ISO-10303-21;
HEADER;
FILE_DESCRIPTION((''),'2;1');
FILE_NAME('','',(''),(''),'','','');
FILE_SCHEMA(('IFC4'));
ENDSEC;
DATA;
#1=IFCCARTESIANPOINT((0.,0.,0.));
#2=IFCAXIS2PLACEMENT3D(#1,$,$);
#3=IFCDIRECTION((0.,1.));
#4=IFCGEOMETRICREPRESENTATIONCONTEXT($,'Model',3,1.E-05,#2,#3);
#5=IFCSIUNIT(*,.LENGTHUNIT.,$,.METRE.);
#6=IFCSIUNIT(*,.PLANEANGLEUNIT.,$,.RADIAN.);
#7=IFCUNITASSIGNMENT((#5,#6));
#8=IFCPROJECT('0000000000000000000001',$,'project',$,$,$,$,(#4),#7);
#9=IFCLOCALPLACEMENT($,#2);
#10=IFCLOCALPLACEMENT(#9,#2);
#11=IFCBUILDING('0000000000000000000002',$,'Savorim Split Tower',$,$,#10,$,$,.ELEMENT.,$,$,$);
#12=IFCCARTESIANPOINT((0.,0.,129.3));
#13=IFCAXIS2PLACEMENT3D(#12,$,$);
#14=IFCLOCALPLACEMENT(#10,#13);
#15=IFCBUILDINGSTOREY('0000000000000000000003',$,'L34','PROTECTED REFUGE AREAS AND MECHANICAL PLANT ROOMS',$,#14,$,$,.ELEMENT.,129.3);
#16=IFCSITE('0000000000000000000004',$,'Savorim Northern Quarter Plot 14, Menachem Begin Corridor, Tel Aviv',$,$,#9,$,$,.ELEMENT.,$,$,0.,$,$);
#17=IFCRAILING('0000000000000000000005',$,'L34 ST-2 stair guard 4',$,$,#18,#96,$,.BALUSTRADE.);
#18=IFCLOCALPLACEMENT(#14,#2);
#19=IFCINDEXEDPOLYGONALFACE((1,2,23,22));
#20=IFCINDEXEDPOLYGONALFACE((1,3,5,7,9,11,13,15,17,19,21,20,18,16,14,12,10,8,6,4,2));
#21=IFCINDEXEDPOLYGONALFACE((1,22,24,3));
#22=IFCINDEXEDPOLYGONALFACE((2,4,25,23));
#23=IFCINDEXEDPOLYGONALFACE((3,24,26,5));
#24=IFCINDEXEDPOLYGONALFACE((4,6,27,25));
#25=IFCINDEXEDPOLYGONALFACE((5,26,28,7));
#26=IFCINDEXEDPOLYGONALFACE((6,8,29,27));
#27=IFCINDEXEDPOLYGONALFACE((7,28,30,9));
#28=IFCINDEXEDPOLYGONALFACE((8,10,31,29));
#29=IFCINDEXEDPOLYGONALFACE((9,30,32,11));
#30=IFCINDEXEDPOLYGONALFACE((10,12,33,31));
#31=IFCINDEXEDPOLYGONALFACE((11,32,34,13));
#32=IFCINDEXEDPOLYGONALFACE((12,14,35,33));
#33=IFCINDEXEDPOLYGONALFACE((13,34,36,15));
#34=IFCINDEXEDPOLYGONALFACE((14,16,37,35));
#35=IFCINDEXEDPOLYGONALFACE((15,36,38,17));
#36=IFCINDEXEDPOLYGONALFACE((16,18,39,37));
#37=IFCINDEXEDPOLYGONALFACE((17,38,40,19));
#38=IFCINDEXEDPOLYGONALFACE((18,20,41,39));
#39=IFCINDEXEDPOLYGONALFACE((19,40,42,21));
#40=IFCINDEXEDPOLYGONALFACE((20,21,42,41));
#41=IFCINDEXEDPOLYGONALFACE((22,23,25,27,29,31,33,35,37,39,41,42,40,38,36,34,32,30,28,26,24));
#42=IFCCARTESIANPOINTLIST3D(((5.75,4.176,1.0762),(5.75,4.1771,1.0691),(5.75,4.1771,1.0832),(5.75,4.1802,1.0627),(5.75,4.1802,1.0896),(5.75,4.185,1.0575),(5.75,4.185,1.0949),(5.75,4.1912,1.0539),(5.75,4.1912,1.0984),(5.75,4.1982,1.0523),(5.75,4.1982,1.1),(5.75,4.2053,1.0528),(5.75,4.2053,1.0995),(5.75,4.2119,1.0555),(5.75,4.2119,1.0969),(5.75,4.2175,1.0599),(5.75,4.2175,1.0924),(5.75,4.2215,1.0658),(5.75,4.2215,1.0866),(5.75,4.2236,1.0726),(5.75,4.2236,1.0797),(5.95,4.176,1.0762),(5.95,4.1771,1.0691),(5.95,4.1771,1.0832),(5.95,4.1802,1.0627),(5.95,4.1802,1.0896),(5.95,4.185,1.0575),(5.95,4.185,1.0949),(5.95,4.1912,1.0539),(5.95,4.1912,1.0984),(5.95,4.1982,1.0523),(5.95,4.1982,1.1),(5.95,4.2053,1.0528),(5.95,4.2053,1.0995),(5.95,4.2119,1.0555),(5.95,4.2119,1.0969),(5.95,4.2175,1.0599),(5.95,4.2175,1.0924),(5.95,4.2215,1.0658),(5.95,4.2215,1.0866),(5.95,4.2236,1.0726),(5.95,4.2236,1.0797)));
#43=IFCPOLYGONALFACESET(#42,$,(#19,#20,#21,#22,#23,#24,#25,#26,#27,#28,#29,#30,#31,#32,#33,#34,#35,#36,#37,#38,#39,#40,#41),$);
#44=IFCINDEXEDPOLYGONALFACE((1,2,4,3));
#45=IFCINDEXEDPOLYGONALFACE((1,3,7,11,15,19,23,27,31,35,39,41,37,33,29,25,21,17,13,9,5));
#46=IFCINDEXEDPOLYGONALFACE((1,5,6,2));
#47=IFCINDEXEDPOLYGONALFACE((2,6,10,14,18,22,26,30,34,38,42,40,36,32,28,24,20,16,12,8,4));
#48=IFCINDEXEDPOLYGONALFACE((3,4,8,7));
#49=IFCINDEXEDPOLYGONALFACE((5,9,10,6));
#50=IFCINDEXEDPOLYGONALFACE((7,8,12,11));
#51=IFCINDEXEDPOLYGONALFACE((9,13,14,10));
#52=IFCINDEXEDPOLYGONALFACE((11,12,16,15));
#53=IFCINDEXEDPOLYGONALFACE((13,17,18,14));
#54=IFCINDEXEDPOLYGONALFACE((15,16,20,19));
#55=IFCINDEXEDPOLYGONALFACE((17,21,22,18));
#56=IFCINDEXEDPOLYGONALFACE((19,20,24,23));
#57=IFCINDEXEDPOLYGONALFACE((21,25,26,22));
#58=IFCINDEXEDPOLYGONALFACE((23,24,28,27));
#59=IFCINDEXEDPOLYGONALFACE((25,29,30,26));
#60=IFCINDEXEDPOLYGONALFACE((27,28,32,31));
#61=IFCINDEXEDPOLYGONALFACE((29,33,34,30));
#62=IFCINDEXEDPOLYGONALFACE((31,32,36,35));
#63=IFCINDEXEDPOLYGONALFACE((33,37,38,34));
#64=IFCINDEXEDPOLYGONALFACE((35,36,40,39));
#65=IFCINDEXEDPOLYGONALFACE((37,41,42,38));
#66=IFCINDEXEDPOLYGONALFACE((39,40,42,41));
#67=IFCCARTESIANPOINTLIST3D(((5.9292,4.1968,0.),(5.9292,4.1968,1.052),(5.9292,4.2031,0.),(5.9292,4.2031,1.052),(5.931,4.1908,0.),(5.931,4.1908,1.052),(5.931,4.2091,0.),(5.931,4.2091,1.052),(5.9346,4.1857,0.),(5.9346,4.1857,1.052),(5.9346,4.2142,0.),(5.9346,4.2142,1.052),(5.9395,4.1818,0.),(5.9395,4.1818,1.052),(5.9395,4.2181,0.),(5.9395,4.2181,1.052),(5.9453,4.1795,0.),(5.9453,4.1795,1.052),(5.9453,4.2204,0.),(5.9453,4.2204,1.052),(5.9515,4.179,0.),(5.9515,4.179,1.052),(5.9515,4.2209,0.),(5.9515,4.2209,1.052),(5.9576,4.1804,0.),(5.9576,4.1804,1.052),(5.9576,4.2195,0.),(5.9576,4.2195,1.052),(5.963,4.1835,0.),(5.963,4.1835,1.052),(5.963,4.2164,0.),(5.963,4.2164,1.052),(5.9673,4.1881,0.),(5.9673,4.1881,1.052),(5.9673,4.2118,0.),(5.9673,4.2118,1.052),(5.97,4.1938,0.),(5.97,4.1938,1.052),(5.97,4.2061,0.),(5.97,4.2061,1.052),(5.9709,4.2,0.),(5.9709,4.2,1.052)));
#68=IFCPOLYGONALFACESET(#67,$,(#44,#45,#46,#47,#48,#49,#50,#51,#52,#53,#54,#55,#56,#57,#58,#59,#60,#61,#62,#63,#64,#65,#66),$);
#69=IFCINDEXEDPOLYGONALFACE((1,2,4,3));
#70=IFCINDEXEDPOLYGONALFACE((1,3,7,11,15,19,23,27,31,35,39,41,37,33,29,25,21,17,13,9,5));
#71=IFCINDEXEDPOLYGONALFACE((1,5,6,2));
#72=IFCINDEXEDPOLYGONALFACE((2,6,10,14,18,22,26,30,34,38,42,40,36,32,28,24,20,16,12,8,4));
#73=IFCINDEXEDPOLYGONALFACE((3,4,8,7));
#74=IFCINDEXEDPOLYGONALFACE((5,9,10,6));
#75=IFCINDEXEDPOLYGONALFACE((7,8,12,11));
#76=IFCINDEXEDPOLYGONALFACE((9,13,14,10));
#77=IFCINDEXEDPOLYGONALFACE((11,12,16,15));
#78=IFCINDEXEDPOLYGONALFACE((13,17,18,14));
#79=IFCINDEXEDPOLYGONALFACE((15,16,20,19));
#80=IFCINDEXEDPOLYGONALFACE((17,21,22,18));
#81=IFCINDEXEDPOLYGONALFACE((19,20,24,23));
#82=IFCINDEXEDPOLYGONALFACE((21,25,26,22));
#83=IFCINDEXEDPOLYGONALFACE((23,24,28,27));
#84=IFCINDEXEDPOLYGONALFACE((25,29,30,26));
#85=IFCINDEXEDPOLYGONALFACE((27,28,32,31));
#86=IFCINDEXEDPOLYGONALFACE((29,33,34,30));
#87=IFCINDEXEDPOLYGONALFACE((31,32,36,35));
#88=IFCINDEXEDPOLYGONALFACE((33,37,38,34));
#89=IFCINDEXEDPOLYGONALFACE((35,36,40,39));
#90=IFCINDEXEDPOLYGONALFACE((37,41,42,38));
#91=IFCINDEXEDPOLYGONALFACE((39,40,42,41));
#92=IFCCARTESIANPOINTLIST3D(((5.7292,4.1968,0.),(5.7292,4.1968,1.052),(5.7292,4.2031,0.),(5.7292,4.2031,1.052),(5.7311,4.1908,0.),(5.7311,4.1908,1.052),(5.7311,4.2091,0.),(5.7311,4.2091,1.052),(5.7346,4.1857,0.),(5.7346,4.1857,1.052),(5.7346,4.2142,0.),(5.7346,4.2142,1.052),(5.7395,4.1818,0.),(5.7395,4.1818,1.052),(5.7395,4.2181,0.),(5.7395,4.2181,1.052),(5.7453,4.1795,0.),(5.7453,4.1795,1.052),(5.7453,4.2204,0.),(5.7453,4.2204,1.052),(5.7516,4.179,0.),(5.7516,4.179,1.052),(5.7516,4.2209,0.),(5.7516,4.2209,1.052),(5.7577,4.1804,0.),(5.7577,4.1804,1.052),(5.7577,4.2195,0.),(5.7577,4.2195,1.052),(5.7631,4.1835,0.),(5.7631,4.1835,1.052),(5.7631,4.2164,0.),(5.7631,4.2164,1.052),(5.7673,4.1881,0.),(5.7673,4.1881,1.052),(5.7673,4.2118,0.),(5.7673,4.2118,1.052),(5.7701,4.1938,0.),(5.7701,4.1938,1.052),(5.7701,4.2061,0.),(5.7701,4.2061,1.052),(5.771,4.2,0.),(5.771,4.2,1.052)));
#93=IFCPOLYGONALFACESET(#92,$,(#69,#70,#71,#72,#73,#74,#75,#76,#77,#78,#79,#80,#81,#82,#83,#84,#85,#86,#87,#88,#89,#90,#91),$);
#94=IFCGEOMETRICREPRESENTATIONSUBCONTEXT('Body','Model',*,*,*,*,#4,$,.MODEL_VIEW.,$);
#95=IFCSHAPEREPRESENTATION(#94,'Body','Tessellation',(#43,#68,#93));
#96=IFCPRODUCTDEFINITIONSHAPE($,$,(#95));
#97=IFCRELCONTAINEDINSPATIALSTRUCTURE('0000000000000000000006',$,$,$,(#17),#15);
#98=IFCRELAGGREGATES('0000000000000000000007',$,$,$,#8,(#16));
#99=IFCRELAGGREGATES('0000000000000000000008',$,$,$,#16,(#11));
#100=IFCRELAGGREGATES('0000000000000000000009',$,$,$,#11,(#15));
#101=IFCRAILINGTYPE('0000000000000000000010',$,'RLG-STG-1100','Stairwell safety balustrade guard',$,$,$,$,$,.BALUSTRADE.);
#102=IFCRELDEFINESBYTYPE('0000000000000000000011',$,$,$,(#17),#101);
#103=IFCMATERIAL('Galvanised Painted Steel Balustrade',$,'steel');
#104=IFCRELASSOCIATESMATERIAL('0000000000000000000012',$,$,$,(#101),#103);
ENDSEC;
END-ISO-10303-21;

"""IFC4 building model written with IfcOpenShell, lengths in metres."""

from ifc_helpers import new_model, si_unit, direction, frame, origin, origin_2d, place, context, subcontext, project, spatial, circle, extrude, material, type_object, element, save


model = new_model("IFC4")

# Units and contexts
model_context = context("Model", 3, precision=1e-05, world=origin(), true_north=direction((0.0, 1.0)))
body_context = subcontext(model_context, "Body", "Model", "MODEL_VIEW")
ifc_project = project(units=[si_unit("LENGTHUNIT", "METRE"), si_unit("PLANEANGLEUNIT", "RADIAN")], contexts=[model_context])

# Site, building, storey
site_placement = place(None, origin())
site = spatial("IfcSite", under=ifc_project, at=site_placement, Name="Savorim Northern Quarter Plot 14, Menachem Begin Corridor, Tel Aviv", CompositionType="ELEMENT", RefElevation=0.0)
building_placement = place(site_placement, origin())
building = spatial("IfcBuilding", under=site, at=building_placement, Name="Savorim Split Tower", CompositionType="ELEMENT")
storey_placement = place(building_placement, frame((0.0, 0.0, 129.3)))
storey = spatial("IfcBuildingStorey", under=building, at=storey_placement, Name="L34", Description="PROTECTED REFUGE AREAS AND MECHANICAL PLANT ROOMS", CompositionType="ELEMENT", Elevation=129.3)

# Shared definitions
ifc_material_1 = material(Name="Galvanised Painted Steel Balustrade", Category="steel")

# Railing
railing_type_1 = type_object("IfcRailingType", Name="RLG-STG-1100", Description="Stairwell safety balustrade guard", PredefinedType="BALUSTRADE", material=ifc_material_1)
railing_1_placement = place(storey_placement, frame((5.95, 4.2, 0.0)))
element("IfcRailing", 1, at=railing_1_placement, inside=storey, type_object=railing_type_1, Name="L34 ST-2 stair guard 4", PredefinedType="BALUSTRADE", context=body_context, shape_type="SweptSolid", body=[
    extrude(circle(Radius=0.0239, at=origin_2d()), frame((0.0, 0.0, 1.0762), z_axis=(-1.0, 0.0, 0.0), x_axis=(0.0, -1.0, 0.0)), (0.0, 0.0, 1.0), 0.2),
    extrude(circle(Radius=0.021, at=origin_2d()), origin(), (0.0, 0.0, 1.0), 1.052),
    extrude(circle(Radius=0.021, at=origin_2d()), frame((-0.2, 0.0, 0.0)), (0.0, 0.0, 1.0), 1.052),
])

save(model, "model.ifc")
